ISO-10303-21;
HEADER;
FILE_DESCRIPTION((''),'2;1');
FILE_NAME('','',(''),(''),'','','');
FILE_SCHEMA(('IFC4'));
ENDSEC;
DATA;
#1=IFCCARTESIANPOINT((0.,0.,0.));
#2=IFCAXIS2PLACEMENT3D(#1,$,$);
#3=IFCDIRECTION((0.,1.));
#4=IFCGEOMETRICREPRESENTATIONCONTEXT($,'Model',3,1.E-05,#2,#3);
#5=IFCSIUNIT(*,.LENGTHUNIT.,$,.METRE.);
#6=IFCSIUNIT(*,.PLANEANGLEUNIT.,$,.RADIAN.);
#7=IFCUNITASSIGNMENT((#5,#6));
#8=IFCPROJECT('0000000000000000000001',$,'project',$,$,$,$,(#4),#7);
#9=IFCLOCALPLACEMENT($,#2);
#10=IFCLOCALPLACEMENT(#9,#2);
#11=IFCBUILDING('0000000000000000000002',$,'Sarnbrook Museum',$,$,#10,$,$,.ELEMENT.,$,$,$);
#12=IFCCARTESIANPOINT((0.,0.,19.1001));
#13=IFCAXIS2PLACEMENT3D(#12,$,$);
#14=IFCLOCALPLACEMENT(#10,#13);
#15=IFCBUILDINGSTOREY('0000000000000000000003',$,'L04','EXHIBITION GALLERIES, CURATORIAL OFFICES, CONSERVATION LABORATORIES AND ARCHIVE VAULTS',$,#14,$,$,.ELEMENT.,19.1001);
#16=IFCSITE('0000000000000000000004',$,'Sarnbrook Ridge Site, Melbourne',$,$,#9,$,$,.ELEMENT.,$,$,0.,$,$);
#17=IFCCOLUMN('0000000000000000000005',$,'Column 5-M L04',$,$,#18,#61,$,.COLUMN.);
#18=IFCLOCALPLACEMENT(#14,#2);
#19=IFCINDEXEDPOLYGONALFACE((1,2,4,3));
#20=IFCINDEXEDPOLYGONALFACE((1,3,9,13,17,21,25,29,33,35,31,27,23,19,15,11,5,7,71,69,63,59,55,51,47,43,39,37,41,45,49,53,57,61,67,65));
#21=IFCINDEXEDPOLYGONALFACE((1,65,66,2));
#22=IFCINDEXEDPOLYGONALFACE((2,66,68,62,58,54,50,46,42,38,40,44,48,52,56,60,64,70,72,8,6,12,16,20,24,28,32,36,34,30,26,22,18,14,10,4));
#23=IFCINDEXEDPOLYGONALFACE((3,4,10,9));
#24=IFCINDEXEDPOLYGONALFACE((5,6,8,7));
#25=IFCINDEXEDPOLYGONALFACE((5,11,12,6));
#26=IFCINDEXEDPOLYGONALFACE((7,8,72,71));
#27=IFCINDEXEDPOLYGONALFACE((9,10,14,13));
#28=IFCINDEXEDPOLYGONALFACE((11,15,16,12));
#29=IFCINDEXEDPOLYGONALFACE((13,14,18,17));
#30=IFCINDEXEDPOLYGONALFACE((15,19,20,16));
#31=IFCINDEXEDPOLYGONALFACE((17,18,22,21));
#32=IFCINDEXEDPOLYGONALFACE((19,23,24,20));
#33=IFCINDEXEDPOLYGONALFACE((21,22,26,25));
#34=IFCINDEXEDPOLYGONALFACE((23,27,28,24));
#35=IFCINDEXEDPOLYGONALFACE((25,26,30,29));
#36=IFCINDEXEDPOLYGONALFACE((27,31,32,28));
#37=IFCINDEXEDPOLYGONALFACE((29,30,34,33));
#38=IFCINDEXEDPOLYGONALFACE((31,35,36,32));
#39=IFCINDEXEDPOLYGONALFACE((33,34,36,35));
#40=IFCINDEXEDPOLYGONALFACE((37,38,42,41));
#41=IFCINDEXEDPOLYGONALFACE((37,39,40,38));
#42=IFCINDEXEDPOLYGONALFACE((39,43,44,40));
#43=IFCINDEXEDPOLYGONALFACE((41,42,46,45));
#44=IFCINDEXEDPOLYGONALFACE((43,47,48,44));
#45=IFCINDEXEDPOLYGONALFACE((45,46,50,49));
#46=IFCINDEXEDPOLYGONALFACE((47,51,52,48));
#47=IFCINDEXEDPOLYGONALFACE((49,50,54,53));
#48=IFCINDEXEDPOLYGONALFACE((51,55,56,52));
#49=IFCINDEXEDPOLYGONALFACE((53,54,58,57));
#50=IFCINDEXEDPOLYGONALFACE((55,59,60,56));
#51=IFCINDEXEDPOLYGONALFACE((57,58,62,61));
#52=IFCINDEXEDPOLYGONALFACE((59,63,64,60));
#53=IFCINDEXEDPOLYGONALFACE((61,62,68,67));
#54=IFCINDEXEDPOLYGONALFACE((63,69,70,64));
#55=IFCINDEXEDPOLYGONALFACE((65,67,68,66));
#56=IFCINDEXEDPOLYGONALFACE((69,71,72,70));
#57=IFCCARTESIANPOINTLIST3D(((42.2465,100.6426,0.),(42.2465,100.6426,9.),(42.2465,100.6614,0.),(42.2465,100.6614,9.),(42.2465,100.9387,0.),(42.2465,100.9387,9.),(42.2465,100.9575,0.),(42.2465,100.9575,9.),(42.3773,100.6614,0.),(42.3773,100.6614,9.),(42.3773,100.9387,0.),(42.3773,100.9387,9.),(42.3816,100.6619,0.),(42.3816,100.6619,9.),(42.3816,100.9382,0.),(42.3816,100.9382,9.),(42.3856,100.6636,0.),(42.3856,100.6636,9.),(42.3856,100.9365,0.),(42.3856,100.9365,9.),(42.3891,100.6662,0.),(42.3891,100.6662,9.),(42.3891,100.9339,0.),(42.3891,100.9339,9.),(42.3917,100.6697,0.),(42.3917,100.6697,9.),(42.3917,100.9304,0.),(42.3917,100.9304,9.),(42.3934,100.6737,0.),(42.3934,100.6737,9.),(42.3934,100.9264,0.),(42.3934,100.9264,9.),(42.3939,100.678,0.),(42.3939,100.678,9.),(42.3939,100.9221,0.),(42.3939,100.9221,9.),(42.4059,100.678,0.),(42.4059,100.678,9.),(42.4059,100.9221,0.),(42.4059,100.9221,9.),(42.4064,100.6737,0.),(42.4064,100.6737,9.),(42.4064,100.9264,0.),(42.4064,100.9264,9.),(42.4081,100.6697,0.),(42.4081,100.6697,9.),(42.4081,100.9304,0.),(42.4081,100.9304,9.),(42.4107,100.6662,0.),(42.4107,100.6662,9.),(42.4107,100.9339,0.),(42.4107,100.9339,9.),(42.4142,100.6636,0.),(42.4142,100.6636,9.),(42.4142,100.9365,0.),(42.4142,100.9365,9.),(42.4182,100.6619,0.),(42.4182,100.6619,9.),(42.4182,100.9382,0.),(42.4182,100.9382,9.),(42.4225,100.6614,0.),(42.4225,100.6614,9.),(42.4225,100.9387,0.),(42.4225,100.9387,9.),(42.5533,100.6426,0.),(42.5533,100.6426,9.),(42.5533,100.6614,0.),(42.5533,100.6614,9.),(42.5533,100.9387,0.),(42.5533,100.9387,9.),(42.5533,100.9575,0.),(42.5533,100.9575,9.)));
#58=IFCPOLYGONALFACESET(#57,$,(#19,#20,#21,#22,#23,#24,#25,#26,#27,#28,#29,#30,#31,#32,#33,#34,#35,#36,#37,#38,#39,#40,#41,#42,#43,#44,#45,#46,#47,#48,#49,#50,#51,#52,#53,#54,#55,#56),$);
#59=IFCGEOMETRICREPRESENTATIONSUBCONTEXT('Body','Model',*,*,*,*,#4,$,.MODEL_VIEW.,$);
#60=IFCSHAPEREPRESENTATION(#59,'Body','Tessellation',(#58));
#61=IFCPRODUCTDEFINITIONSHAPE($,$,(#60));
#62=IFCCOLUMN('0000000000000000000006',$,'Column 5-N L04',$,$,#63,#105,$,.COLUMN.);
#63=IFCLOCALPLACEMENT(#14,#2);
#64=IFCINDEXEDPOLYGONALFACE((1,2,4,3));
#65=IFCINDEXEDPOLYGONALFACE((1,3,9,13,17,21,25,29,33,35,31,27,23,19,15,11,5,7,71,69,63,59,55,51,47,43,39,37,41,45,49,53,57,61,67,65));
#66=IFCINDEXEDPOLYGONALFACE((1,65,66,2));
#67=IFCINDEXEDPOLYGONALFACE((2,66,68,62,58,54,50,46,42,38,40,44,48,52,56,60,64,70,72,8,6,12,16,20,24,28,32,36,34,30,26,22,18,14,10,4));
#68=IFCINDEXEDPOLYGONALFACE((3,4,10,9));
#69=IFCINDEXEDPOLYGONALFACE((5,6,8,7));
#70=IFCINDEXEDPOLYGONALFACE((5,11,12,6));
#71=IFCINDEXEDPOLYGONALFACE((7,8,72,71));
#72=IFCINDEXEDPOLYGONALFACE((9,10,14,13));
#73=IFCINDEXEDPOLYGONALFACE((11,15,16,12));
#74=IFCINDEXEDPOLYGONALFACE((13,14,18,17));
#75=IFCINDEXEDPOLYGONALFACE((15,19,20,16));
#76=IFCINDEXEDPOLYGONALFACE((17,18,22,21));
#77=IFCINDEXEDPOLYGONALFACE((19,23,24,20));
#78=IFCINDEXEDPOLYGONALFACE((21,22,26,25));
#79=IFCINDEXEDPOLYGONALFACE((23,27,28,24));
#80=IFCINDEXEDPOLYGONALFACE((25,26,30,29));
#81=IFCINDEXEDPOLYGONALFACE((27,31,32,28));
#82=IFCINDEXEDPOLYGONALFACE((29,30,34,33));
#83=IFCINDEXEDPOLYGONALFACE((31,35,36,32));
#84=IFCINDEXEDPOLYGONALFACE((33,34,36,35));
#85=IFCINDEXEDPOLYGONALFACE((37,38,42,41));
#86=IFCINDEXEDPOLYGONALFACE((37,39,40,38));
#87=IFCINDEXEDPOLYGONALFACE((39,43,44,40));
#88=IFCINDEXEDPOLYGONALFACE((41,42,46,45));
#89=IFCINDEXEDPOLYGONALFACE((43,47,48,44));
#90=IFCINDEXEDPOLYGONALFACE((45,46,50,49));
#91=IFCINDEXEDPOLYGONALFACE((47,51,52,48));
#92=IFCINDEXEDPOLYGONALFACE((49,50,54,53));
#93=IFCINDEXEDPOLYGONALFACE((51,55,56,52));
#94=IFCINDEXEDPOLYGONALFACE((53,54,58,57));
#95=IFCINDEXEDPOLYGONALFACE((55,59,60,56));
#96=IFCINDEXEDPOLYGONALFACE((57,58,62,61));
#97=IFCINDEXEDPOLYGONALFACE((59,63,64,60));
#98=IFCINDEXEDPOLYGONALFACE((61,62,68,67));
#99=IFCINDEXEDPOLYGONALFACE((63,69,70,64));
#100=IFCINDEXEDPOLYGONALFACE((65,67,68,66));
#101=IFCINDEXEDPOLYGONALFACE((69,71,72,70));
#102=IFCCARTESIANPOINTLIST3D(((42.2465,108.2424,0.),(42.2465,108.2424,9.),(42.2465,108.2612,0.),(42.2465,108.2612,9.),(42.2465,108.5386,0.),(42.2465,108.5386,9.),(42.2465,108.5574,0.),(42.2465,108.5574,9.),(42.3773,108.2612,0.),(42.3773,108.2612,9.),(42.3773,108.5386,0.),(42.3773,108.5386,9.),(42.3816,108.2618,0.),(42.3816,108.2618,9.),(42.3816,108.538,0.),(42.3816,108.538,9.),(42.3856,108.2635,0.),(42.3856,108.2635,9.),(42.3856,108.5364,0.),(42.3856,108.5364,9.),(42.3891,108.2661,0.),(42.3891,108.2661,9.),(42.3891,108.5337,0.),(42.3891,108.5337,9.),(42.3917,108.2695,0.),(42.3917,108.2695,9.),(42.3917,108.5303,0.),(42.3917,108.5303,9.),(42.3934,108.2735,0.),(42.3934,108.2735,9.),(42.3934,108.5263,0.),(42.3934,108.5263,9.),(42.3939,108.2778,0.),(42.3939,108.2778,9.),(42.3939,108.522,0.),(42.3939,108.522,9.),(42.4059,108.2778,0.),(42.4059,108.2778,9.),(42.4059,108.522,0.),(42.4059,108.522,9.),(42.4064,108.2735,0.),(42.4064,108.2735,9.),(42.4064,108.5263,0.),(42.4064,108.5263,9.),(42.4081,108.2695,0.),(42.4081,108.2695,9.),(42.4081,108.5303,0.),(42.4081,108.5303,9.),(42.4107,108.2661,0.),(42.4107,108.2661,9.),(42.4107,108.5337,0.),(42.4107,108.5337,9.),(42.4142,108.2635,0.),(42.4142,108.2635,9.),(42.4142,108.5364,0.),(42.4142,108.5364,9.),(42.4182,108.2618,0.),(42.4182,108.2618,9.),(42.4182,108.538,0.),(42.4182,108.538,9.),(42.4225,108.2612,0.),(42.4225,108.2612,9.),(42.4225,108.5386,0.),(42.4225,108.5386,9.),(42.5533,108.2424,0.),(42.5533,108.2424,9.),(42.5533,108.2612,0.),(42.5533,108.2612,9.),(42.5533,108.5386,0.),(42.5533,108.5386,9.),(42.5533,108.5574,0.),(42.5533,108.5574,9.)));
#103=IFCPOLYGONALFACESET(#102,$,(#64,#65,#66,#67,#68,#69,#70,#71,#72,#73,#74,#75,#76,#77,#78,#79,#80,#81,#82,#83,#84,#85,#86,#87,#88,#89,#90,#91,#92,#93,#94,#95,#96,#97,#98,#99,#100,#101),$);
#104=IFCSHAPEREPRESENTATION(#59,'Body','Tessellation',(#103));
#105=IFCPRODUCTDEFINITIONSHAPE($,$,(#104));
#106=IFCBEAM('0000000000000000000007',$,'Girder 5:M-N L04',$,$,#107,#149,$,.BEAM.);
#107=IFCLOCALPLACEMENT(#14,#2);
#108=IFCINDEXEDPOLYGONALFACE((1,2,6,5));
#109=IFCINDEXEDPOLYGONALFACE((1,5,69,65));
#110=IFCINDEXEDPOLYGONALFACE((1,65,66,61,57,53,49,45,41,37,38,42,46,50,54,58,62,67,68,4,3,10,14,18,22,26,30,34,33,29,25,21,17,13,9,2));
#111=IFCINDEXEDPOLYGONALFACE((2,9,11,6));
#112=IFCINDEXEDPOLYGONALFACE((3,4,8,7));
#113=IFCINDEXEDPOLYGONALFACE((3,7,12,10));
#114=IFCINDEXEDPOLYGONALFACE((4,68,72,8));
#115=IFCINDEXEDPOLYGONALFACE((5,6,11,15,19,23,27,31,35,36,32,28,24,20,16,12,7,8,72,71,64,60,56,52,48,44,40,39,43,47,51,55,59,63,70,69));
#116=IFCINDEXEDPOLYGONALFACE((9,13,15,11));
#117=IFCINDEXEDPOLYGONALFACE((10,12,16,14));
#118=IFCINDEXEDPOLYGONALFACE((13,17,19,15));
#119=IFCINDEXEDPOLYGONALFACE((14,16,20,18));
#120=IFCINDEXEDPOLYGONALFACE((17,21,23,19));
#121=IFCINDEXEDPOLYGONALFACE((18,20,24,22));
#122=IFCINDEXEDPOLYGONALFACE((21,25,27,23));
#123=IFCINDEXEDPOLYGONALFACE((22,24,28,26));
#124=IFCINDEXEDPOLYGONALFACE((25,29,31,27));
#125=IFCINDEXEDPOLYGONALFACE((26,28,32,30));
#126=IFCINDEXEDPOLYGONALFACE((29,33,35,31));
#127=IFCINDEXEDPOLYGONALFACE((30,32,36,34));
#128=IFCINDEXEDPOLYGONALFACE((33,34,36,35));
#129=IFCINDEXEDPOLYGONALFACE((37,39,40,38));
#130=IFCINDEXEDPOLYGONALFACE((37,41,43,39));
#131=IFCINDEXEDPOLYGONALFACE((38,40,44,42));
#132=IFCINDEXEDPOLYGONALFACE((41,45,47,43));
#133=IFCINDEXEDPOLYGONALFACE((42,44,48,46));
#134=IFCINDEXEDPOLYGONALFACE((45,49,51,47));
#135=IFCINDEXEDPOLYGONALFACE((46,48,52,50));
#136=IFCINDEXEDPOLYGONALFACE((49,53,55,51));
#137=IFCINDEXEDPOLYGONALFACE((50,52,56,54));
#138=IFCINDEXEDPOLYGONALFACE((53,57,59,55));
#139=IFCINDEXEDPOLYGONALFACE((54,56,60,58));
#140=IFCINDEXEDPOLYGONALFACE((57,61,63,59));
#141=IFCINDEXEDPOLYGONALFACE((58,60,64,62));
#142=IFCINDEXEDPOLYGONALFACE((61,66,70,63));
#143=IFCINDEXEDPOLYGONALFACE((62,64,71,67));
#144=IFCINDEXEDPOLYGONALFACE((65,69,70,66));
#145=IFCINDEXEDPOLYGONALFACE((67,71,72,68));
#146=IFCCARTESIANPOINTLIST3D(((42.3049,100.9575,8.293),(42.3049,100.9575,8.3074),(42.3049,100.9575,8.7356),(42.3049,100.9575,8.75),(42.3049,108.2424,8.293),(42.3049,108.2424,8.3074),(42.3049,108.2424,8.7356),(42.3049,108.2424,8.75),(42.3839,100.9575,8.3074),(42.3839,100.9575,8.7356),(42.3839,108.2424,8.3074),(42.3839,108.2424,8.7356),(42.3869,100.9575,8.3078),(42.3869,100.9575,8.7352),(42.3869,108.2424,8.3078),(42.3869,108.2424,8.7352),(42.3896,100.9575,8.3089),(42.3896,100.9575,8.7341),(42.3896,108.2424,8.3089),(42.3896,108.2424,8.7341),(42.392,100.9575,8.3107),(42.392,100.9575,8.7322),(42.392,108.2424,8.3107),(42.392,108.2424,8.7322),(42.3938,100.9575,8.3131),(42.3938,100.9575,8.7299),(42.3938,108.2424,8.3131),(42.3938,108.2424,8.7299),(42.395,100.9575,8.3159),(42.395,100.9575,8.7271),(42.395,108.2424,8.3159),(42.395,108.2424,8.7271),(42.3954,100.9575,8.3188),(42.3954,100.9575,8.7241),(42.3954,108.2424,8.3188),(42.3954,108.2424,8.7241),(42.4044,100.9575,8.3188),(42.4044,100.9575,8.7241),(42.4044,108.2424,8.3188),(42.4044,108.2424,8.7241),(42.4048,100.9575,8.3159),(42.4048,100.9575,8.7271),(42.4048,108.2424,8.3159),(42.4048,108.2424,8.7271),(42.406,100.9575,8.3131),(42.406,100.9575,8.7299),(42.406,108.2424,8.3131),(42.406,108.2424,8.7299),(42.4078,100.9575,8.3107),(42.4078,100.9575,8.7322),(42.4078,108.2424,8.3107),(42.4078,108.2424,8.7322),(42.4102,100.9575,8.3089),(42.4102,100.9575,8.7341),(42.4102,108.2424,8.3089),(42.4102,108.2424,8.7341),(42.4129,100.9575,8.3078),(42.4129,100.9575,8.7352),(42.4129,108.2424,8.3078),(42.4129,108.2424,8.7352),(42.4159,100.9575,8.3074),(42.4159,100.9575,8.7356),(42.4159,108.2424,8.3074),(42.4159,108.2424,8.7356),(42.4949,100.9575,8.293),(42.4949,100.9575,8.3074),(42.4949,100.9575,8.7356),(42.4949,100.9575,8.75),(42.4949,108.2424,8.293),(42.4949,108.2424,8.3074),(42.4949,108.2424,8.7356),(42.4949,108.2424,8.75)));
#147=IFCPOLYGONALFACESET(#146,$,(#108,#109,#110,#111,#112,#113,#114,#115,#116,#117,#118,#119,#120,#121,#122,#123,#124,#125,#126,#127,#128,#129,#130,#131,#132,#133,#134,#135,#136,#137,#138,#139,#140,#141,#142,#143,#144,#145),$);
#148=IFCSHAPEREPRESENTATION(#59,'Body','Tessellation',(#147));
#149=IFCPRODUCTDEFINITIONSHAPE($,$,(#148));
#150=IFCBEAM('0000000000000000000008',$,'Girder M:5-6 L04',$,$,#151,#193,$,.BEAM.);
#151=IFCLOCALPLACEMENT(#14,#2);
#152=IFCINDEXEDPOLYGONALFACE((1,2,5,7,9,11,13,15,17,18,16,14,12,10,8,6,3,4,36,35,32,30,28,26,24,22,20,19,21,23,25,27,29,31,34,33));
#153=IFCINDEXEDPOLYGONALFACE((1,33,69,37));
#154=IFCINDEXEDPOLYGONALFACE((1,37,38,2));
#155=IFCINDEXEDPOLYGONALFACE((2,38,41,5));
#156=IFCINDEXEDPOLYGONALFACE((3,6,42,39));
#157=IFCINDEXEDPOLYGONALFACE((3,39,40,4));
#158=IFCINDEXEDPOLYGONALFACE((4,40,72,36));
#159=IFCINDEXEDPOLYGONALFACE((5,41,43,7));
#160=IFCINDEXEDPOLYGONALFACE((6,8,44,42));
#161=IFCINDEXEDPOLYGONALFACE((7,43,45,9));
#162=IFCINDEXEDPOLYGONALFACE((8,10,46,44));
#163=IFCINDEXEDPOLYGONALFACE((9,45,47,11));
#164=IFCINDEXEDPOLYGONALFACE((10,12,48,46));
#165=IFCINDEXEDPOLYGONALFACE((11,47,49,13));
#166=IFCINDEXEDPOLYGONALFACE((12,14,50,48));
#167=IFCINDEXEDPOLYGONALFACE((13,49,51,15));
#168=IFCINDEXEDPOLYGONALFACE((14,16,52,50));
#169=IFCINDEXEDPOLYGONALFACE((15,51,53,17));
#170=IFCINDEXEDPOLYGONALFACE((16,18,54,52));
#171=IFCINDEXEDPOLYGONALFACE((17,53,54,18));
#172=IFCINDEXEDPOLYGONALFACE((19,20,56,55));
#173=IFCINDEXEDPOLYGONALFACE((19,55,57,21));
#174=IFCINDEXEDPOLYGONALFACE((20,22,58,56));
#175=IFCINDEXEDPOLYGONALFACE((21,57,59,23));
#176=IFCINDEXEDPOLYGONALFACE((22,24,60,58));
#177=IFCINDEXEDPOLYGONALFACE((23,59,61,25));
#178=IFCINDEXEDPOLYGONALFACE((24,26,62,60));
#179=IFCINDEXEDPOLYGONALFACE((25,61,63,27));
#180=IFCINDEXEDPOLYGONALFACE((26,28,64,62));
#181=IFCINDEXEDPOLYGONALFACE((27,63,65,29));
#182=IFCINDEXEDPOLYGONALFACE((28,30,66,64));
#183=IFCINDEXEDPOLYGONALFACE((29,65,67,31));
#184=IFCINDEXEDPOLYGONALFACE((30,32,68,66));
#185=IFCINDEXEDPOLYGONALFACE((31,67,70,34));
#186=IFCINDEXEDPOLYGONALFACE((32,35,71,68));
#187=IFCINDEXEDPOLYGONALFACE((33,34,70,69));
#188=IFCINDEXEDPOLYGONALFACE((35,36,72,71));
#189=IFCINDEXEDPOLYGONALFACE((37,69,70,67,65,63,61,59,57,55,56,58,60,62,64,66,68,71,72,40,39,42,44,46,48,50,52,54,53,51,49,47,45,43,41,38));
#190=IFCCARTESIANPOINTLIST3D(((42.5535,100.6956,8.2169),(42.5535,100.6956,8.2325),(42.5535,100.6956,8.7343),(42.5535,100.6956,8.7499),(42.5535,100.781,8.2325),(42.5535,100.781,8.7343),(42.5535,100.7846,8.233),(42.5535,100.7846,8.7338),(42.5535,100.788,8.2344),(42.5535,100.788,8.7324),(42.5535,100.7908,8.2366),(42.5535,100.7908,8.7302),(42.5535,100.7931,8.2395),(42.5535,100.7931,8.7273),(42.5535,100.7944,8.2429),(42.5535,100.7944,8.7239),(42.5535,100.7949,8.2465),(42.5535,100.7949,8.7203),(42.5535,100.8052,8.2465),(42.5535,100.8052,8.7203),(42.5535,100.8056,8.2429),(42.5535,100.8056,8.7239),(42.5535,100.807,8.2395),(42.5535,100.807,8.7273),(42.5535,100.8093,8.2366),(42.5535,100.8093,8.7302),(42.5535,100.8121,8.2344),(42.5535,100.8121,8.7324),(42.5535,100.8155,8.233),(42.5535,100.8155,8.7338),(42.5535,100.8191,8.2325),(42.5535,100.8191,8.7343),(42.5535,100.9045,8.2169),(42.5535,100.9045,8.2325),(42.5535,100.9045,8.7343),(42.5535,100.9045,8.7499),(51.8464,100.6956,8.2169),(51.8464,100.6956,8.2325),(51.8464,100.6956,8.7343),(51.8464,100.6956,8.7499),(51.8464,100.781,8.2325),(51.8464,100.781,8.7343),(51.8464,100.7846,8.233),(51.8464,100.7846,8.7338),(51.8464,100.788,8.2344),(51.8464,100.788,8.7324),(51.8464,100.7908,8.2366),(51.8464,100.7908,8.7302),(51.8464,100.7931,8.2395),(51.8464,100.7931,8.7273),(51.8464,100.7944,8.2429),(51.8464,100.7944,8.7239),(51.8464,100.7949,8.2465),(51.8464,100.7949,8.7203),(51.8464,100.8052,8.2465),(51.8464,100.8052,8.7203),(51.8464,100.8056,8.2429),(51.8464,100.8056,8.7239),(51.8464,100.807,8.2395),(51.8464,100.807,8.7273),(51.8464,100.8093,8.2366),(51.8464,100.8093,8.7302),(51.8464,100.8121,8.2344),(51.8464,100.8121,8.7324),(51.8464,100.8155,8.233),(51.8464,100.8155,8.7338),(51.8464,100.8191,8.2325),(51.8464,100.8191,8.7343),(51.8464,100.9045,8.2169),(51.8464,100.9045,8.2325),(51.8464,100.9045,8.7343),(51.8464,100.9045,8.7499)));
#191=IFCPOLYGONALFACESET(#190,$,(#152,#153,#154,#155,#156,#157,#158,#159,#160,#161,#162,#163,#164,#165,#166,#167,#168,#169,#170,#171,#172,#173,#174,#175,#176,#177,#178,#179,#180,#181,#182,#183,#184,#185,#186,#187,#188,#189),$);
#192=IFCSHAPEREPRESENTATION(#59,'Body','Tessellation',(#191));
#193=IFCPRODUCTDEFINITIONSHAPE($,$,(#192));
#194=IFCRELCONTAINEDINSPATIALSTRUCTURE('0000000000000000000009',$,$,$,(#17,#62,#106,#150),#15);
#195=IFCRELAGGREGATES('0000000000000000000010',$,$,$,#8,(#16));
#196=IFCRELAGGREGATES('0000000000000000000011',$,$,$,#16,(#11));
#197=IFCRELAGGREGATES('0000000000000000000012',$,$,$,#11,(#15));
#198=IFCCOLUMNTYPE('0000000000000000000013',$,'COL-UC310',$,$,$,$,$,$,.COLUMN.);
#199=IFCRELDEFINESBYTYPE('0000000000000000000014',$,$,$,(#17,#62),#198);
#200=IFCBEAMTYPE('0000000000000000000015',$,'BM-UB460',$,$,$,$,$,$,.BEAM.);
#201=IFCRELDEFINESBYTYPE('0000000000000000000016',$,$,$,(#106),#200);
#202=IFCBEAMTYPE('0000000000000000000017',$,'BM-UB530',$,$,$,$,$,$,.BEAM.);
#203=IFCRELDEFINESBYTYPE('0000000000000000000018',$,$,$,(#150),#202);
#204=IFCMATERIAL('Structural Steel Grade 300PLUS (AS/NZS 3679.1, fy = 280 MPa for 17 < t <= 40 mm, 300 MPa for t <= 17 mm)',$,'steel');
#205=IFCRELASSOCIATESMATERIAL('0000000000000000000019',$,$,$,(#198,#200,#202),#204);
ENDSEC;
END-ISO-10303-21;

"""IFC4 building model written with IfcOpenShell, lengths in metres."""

from ifc_helpers import new_model, si_unit, direction, frame, origin, origin_2d, place, context, subcontext, project, spatial, i_section, extrude, material, material_profile, profile_set, type_object, element, save


model = new_model("IFC4")

# Units and contexts
model_context = context("Model", 3, precision=1e-05, world=origin(), true_north=direction((0.0, 1.0)))
body_context = subcontext(model_context, "Body", "Model", "MODEL_VIEW")
ifc_project = project(units=[si_unit("LENGTHUNIT", "METRE"), si_unit("PLANEANGLEUNIT", "RADIAN")], contexts=[model_context])

# Site, building, storey
site_placement = place(None, origin())
site = spatial("IfcSite", under=ifc_project, at=site_placement, Name="Sarnbrook Ridge Site, Melbourne", CompositionType="ELEMENT", RefElevation=0.0)
building_placement = place(site_placement, origin())
building = spatial("IfcBuilding", under=site, at=building_placement, Name="Sarnbrook Museum", CompositionType="ELEMENT")
storey_placement = place(building_placement, frame((0.0, 0.0, 19.1001)))
storey = spatial("IfcBuildingStorey", under=building, at=storey_placement, Name="L04", Description="EXHIBITION GALLERIES, CURATORIAL OFFICES, CONSERVATION LABORATORIES AND ARCHIVE VAULTS", CompositionType="ELEMENT", Elevation=19.1001)

# Columns
ifc_material_1 = material(Name="Structural Steel Grade 300PLUS (AS/NZS 3679.1, fy = 280 MPa for 17 < t <= 40 mm, 300 MPa for t <= 17 mm)", Category="steel")
ifc_material_profile_1 = material_profile(ifc_material_1, i_section(OverallWidth=0.3069, OverallDepth=0.3149, WebThickness=0.012, FlangeThickness=0.0188, FilletRadius=0.0166, at=origin_2d()), Name="310UC118")
ifc_profile_set_1 = profile_set([ifc_material_profile_1], Name="Structural Steel Grade 300PLUS (AS/NZS 3679.1, fy = 280 MPa for 17 < t <= 40 mm, 300 MPa for t <= 17 mm)")
column_type = type_object("IfcColumnType", Name="COL-UC310", PredefinedType="COLUMN", material=ifc_profile_set_1)
for number, where, z_axis, x_axis, name in (
    (1, (42.3999, 100.8, 0.0), (0.0, 0.0, 1.0), (1.0, 0.0, 0.0), "Column 5-M L04"),
    (2, (42.3999, 108.3999, 0.0), (0.0, 0.0, 1.0), (1.0, 0.0, 0.0), "Column 5-N L04"),
):
    element("IfcColumn", number, at=place(storey_placement, frame(where, z_axis=z_axis, x_axis=x_axis)), inside=storey, type_object=column_type, Name=name, PredefinedType="COLUMN", context=body_context, shape_type="SweptSolid", body=[
        extrude(i_section(OverallWidth=0.3069, OverallDepth=0.3149, WebThickness=0.012, FlangeThickness=0.0188, FilletRadius=0.0166, at=origin_2d()), origin(), (0.0, 0.0, 1.0), 9.0),
    ])

# Beams
ifc_material_profile_2 = material_profile(ifc_material_1, i_section(OverallWidth=0.1899, OverallDepth=0.457, WebThickness=0.009, FlangeThickness=0.0144, FilletRadius=0.0115, at=origin_2d()), Name="460UB74.6")
ifc_profile_set_2 = profile_set([ifc_material_profile_2], Name="Structural Steel Grade 300PLUS (AS/NZS 3679.1, fy = 280 MPa for 17 < t <= 40 mm, 300 MPa for t <= 17 mm)")
beam_type_1 = type_object("IfcBeamType", Name="BM-UB460", PredefinedType="BEAM", material=ifc_profile_set_2)
beam_placement = place(storey_placement, frame((42.3999, 100.9575, 8.5215), z_axis=(0.0, 1.0, 0.0), x_axis=(-1.0, 0.0, 0.0)))
element("IfcBeam", 3, at=beam_placement, inside=storey, type_object=beam_type_1, Name="Girder 5:M-N L04", PredefinedType="BEAM", context=body_context, shape_type="SweptSolid", body=[
    extrude(i_section(OverallWidth=0.1899, OverallDepth=0.457, WebThickness=0.009, FlangeThickness=0.0144, FilletRadius=0.0115, at=origin_2d()), origin(), (0.0, 0.0, 1.0), 7.2849),
])
ifc_material_profile_3 = material_profile(ifc_material_1, i_section(OverallWidth=0.209, OverallDepth=0.533, WebThickness=0.0103, FlangeThickness=0.0156, FilletRadius=0.0139, at=origin_2d()), Name="530UB92.4")
ifc_profile_set_3 = profile_set([ifc_material_profile_3], Name="Structural Steel Grade 300PLUS (AS/NZS 3679.1, fy = 280 MPa for 17 < t <= 40 mm, 300 MPa for t <= 17 mm)")
beam_type_2 = type_object("IfcBeamType", Name="BM-UB530", PredefinedType="BEAM", material=ifc_profile_set_3)
for number, where, z_axis, x_axis, name in (
    (4, (42.5535, 100.8, 8.4834), (1.0, 0.0, 0.0), (0.0, 1.0, 0.0), "Girder M:5-6 L04"),
):
    element("IfcBeam", number, at=place(storey_placement, frame(where, z_axis=z_axis, x_axis=x_axis)), inside=storey, type_object=beam_type_2, Name=name, PredefinedType="BEAM", context=body_context, shape_type="SweptSolid", body=[
        extrude(i_section(OverallWidth=0.209, OverallDepth=0.533, WebThickness=0.0103, FlangeThickness=0.0156, FilletRadius=0.0139, at=origin_2d()), origin(), (0.0, 0.0, 1.0), 9.293),
    ])

save(model, "model.ifc")
